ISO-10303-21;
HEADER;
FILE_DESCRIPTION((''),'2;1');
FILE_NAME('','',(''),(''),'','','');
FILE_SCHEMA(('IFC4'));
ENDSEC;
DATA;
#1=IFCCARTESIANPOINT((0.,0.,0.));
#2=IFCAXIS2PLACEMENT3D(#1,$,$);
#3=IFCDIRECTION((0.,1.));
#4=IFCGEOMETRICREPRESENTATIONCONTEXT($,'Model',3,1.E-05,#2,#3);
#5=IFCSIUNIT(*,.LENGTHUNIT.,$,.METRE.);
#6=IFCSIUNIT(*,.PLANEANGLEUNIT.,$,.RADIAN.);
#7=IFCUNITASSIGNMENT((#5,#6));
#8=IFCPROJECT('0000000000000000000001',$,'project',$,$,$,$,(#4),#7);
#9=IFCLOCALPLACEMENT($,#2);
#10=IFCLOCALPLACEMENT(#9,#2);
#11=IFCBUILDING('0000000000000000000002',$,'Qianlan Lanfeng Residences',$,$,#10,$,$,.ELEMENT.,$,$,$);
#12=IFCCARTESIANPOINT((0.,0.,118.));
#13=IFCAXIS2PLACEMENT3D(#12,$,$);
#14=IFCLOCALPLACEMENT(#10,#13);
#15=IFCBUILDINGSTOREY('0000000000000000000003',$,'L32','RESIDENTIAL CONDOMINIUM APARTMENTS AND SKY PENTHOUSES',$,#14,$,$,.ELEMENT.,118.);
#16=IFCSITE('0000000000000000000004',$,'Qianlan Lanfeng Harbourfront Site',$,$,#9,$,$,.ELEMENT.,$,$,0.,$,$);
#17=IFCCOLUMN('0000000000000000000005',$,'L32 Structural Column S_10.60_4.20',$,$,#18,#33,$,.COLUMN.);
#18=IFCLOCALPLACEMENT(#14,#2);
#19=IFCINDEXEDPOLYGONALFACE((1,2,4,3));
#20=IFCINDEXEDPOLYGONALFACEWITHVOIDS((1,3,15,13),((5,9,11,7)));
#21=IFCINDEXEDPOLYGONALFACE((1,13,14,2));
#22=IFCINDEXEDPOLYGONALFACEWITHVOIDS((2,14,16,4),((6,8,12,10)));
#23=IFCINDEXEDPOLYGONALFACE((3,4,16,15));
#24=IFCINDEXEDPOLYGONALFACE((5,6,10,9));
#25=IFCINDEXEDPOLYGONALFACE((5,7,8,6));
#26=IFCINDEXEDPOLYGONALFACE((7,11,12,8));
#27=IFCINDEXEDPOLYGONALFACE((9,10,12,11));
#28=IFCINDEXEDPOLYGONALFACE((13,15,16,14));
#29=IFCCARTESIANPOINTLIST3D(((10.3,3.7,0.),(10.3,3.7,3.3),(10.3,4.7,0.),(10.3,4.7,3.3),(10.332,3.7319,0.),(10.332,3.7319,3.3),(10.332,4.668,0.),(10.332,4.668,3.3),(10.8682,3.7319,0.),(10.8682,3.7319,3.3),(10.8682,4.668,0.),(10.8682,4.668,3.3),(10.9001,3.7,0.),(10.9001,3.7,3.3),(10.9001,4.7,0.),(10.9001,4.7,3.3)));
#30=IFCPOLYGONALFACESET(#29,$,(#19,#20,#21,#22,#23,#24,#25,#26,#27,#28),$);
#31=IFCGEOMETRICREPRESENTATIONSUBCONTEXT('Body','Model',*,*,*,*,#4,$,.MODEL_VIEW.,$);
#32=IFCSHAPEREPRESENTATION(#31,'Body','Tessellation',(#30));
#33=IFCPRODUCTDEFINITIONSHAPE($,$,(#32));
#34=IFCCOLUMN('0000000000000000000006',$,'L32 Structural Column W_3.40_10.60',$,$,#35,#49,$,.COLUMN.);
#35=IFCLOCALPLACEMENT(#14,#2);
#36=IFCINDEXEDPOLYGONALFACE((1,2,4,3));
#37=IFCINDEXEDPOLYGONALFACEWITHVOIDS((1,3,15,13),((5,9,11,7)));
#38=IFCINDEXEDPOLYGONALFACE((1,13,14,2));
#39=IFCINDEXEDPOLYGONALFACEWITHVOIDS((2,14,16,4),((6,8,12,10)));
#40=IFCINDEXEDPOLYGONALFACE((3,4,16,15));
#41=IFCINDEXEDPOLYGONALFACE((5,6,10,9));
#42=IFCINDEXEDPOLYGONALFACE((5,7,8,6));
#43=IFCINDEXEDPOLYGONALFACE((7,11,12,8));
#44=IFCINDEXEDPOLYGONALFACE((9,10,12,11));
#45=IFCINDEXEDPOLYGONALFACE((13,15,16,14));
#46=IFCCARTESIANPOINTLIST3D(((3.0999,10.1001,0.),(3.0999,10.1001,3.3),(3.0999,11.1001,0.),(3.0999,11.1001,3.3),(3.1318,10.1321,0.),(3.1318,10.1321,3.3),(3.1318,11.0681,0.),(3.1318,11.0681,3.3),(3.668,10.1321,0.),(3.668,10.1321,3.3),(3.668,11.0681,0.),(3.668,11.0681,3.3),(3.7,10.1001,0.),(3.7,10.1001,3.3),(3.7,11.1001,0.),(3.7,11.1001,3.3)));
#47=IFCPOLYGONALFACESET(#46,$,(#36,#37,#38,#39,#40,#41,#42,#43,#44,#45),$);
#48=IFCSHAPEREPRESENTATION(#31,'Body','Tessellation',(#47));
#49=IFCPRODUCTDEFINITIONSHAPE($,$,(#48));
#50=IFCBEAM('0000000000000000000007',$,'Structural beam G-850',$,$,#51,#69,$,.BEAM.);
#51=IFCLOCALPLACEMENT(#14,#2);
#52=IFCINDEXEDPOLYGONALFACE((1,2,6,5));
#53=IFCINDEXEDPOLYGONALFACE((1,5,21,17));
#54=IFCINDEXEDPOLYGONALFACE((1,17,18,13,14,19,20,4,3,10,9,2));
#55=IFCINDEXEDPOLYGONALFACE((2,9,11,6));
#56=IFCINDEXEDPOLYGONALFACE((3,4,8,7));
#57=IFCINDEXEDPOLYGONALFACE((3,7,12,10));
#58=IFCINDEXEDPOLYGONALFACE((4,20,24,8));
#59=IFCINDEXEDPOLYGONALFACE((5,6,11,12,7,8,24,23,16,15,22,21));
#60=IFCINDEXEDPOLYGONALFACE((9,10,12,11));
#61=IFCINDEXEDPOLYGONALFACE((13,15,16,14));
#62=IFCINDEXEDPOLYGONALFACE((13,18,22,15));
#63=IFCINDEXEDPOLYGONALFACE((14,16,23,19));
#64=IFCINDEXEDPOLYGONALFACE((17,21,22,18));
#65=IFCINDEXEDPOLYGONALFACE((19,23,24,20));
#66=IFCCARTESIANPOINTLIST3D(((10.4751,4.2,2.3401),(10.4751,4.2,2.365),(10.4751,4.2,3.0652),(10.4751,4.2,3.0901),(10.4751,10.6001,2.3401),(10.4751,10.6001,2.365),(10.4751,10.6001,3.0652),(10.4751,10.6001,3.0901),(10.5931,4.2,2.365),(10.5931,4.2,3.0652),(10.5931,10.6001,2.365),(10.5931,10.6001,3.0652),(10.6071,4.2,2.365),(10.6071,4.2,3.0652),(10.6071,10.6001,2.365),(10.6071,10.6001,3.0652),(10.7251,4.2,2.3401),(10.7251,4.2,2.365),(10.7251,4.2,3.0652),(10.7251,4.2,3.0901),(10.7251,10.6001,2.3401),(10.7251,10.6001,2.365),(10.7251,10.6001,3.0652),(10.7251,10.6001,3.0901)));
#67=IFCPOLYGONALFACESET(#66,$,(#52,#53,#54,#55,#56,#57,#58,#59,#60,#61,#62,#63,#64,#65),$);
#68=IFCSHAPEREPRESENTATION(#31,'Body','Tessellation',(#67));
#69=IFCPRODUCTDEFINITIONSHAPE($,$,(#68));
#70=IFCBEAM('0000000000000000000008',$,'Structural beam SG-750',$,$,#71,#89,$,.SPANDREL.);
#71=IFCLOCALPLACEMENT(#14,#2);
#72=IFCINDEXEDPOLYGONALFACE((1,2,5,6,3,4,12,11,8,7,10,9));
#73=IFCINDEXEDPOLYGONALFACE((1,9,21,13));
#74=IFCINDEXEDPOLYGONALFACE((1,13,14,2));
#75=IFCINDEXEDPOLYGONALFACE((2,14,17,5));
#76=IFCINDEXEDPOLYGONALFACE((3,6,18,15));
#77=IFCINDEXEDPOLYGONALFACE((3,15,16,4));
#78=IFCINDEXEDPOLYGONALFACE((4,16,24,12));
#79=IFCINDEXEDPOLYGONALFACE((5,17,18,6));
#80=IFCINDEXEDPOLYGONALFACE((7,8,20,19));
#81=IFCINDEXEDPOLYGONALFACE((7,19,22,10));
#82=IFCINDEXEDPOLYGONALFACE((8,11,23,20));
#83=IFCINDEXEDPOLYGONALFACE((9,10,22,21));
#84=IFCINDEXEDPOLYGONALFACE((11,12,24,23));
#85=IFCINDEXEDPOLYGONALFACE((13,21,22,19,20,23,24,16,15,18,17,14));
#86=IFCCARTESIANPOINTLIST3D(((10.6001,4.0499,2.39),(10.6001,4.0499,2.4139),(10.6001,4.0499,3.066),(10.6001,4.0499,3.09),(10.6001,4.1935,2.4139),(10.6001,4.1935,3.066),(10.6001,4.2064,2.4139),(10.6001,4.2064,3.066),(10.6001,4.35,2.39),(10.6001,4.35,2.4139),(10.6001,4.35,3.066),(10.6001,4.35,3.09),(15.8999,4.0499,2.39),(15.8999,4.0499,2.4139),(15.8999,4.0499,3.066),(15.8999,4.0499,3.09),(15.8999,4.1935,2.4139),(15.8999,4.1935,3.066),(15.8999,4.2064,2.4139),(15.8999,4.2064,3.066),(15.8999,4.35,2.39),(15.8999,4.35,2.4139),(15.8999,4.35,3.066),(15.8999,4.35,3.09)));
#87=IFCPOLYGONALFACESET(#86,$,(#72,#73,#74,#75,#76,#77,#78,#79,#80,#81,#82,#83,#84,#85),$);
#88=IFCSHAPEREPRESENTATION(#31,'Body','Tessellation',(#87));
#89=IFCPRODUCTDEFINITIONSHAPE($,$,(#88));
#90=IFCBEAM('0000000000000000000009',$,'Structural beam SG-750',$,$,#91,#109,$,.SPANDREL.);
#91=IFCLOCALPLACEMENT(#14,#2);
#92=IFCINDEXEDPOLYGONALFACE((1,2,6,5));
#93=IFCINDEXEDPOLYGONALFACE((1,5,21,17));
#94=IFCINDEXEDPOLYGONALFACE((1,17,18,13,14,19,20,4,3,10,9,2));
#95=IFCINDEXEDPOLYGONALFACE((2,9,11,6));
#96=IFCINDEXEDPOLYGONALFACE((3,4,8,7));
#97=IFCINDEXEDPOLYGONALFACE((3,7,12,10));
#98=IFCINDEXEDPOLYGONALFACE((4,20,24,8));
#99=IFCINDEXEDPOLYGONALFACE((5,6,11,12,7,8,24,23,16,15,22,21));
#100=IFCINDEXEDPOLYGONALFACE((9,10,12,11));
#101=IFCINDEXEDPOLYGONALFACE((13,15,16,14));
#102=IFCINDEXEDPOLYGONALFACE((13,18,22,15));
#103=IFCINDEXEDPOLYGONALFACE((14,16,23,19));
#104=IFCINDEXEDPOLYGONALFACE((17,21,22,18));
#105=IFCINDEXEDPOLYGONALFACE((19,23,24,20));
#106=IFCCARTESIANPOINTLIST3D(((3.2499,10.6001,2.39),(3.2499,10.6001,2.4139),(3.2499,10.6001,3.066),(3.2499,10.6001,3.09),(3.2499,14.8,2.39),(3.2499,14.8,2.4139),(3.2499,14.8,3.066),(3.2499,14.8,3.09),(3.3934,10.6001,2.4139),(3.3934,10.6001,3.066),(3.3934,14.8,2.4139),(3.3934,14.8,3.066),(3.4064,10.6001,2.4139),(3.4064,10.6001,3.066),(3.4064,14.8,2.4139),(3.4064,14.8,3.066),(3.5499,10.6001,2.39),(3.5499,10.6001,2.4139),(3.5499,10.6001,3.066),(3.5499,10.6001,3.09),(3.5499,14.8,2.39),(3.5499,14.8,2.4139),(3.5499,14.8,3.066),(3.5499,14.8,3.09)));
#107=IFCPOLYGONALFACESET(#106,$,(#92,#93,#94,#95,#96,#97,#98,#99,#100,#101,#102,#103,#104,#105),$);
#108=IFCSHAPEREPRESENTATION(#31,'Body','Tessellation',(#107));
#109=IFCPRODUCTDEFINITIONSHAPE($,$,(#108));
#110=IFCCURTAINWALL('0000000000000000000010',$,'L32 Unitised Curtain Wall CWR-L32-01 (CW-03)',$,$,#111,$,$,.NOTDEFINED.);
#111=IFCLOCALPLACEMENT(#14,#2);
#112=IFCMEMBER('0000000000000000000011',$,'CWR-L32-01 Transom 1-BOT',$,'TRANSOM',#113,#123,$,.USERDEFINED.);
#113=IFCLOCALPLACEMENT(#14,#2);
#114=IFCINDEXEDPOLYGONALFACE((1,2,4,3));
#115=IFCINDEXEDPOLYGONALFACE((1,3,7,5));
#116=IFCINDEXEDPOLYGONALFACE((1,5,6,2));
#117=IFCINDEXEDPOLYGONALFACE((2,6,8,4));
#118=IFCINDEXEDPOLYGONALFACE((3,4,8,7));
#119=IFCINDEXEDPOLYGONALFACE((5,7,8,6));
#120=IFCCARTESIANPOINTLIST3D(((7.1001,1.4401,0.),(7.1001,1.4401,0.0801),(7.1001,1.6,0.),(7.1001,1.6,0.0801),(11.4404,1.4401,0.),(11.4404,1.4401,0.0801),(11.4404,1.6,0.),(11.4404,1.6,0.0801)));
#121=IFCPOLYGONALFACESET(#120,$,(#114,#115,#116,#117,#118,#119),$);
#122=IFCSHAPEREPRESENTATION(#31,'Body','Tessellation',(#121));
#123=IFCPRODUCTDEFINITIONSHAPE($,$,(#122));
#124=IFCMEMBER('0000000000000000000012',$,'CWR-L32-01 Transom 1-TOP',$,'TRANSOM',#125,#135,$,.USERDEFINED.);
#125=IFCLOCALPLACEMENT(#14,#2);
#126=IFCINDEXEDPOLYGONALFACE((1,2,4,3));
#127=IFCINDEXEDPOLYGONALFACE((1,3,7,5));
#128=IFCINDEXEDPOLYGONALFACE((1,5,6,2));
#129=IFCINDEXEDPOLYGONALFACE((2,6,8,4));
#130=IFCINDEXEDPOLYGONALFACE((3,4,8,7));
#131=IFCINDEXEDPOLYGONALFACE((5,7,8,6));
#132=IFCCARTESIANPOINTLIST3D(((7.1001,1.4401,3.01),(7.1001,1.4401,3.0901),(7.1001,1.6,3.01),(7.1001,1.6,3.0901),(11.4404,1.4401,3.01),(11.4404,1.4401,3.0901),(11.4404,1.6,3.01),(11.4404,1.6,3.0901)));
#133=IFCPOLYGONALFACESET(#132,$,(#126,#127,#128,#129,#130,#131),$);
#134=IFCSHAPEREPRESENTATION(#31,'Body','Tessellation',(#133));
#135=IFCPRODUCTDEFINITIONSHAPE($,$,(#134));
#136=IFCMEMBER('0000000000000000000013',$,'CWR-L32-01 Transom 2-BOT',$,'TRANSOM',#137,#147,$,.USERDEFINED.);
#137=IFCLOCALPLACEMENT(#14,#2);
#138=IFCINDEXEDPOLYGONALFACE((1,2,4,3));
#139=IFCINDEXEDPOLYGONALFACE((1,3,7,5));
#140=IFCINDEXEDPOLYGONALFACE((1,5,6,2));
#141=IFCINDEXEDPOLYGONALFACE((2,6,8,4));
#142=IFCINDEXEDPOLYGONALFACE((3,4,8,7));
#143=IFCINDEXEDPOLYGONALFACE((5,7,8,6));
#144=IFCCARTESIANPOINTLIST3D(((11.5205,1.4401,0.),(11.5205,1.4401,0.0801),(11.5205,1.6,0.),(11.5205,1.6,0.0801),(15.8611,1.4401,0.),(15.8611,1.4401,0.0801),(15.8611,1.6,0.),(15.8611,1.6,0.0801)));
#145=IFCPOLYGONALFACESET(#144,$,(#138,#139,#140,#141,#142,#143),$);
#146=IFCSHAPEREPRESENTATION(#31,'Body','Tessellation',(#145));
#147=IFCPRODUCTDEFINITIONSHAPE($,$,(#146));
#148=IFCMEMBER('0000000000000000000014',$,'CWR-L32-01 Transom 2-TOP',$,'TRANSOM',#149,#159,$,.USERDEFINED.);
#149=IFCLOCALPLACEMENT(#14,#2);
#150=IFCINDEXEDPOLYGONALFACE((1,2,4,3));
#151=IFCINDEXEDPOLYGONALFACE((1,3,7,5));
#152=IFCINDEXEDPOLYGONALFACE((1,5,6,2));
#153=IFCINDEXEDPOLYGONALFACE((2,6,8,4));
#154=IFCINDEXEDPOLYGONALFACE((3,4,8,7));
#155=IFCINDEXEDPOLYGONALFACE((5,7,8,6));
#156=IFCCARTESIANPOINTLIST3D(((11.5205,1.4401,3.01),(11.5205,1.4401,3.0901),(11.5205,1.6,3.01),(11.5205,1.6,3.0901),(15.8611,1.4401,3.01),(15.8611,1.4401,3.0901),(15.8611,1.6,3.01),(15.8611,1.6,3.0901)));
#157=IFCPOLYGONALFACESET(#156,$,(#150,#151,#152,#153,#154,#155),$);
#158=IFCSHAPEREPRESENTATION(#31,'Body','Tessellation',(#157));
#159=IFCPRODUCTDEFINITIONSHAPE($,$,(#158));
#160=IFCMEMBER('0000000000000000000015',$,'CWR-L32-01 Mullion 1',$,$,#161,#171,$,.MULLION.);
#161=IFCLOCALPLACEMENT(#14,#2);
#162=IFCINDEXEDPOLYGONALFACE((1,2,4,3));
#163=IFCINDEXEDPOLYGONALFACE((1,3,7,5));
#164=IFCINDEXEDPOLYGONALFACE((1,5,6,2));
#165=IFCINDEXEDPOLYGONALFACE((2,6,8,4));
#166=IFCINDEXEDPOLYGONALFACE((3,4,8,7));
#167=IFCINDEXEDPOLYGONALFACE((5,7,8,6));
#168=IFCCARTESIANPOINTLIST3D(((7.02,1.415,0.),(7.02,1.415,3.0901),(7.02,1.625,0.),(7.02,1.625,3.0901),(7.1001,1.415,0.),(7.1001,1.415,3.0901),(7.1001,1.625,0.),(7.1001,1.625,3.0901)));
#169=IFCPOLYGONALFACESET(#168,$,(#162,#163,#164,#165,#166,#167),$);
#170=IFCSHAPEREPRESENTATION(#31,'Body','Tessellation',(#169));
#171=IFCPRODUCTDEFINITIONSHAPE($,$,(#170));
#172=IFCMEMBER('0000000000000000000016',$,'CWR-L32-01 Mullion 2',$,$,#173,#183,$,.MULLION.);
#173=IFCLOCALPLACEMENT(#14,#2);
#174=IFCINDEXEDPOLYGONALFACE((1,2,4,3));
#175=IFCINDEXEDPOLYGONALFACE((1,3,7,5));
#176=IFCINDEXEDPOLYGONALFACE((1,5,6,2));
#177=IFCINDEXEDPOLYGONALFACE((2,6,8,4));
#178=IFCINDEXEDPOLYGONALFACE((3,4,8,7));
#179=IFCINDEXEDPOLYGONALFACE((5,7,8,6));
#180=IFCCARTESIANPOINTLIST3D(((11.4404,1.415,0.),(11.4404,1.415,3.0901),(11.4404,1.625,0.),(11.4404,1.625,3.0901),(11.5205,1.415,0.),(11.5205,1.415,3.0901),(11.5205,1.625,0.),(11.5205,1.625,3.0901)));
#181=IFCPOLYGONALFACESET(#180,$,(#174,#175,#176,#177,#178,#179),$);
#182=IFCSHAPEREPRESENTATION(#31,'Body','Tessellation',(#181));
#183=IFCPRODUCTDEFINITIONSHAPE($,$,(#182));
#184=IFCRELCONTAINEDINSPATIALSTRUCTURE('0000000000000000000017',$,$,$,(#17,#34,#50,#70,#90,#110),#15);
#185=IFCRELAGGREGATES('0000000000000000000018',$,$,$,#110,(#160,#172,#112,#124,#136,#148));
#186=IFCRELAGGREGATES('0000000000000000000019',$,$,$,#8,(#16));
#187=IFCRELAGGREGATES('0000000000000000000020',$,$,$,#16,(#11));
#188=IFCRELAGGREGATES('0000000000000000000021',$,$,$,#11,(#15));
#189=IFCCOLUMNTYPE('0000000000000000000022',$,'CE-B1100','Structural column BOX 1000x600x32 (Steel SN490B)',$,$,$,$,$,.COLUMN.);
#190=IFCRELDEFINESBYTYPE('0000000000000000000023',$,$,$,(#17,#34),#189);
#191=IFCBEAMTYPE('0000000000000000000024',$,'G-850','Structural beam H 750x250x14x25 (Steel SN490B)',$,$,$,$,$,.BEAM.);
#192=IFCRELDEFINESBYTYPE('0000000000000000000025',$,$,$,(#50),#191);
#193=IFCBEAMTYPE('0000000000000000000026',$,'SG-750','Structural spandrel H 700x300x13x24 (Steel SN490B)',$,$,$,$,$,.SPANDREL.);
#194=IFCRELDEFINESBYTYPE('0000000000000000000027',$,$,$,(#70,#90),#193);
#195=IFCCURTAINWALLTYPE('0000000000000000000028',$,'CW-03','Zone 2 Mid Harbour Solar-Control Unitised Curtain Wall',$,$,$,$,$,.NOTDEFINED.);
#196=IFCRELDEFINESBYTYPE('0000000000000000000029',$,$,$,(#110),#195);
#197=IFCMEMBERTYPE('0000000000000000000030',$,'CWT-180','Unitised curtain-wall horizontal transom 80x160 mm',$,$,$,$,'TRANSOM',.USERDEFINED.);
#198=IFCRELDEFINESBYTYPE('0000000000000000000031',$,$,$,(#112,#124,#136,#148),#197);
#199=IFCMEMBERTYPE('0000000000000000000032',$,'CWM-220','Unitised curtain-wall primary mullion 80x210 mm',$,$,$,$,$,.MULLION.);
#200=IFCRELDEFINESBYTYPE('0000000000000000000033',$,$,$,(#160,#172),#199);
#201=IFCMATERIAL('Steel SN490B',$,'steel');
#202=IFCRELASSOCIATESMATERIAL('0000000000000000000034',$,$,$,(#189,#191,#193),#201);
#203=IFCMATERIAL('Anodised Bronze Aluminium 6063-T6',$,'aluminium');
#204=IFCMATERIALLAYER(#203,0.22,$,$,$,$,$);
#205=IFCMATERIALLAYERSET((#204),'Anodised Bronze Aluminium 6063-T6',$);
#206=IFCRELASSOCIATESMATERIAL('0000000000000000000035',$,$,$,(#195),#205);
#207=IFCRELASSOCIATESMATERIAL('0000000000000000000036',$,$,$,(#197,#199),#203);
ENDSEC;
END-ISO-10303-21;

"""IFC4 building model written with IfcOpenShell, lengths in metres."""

from ifc_helpers import new_model, si_unit, direction, frame, origin, origin_2d, place, context, subcontext, project, spatial, rectangle, hollow_rectangle, i_section, extrude, source, transform, mapped, material, layer, layer_set, material_profile, profile_set, type_object, element, aggregate, save


model = new_model("IFC4")

# Units and contexts
model_context = context("Model", 3, precision=1e-05, world=origin(), true_north=direction((0.0, 1.0)))
body_context = subcontext(model_context, "Body", "Model", "MODEL_VIEW")
ifc_project = project(units=[si_unit("LENGTHUNIT", "METRE"), si_unit("PLANEANGLEUNIT", "RADIAN")], contexts=[model_context])

# Site, building, storey
site_placement = place(None, origin())
site = spatial("IfcSite", under=ifc_project, at=site_placement, Name="Qianlan Lanfeng Harbourfront Site", CompositionType="ELEMENT", RefElevation=0.0)
building_placement = place(site_placement, origin())
building = spatial("IfcBuilding", under=site, at=building_placement, Name="Qianlan Lanfeng Residences", CompositionType="ELEMENT")
storey_placement = place(building_placement, frame((0.0, 0.0, 118.0)))
storey = spatial("IfcBuildingStorey", under=building, at=storey_placement, Name="L32", Description="RESIDENTIAL CONDOMINIUM APARTMENTS AND SKY PENTHOUSES", CompositionType="ELEMENT", Elevation=118.0)

# Columns
ifc_material_1 = material(Name="Steel SN490B", Category="steel")
ifc_material_profile_1 = material_profile(ifc_material_1, hollow_rectangle(XDim=0.6001, YDim=1.0, WallThickness=0.032, at=origin_2d()), Name="BOX 1000x600x32")
ifc_profile_set_1 = profile_set([ifc_material_profile_1], Name="Steel SN490B")
column_type = type_object("IfcColumnType", Name="CE-B1100", Description="Structural column BOX 1000x600x32 (Steel SN490B)", PredefinedType="COLUMN", material=ifc_profile_set_1)
for number, where, z_axis, x_axis, name in (
    (1, (10.6001, 4.2, 0.0), (0.0, 0.0, 1.0), (1.0, 0.0, 0.0), "L32 Structural Column S_10.60_4.20"),
    (2, (3.3999, 10.6001, 0.0), (0.0, 0.0, 1.0), (1.0, 0.0, 0.0), "L32 Structural Column W_3.40_10.60"),
):
    element("IfcColumn", number, at=place(storey_placement, frame(where, z_axis=z_axis, x_axis=x_axis)), inside=storey, type_object=column_type, Name=name, PredefinedType="COLUMN", context=body_context, shape_type="SweptSolid", body=[
        extrude(hollow_rectangle(XDim=0.6001, YDim=1.0, WallThickness=0.032, at=origin_2d()), origin(), (0.0, 0.0, 1.0), 3.3),
    ])

# Beams
ifc_material_profile_2 = material_profile(ifc_material_1, i_section(OverallWidth=0.25, OverallDepth=0.75, WebThickness=0.0139, FlangeThickness=0.0249, at=origin_2d()), Name="H 750x250x14x25")
ifc_profile_set_2 = profile_set([ifc_material_profile_2], Name="Steel SN490B")
beam_type_1 = type_object("IfcBeamType", Name="G-850", Description="Structural beam H 750x250x14x25 (Steel SN490B)", PredefinedType="BEAM", material=ifc_profile_set_2)
beam_1_placement = place(storey_placement, frame((10.6001, 4.2, 2.7151), z_axis=(0.0, 1.0, 0.0), x_axis=(-1.0, 0.0, 0.0)))
element("IfcBeam", 3, at=beam_1_placement, inside=storey, type_object=beam_type_1, Name="Structural beam G-850", PredefinedType="BEAM", context=body_context, shape_type="SweptSolid", body=[
    extrude(i_section(OverallWidth=0.25, OverallDepth=0.75, WebThickness=0.0139, FlangeThickness=0.0249, at=origin_2d()), origin(), (0.0, 0.0, 1.0), 6.4001),
])
ifc_material_profile_3 = material_profile(ifc_material_1, i_section(OverallWidth=0.3, OverallDepth=0.7, WebThickness=0.0129, FlangeThickness=0.0239, at=origin_2d()), Name="H 700x300x13x24")
ifc_profile_set_3 = profile_set([ifc_material_profile_3], Name="Steel SN490B")
beam_type_2 = type_object("IfcBeamType", Name="SG-750", Description="Structural spandrel H 700x300x13x24 (Steel SN490B)", PredefinedType="SPANDREL", material=ifc_profile_set_3)
beam_2_placement = place(storey_placement, frame((10.6001, 4.2, 2.74), z_axis=(1.0, 0.0, 0.0), x_axis=(0.0, 1.0, 0.0)))
element("IfcBeam", 4, at=beam_2_placement, inside=storey, type_object=beam_type_2, Name="Structural beam SG-750", PredefinedType="SPANDREL", context=body_context, shape_type="SweptSolid", body=[
    extrude(i_section(OverallWidth=0.3, OverallDepth=0.7, WebThickness=0.0129, FlangeThickness=0.0239, at=origin_2d()), origin(), (0.0, 0.0, 1.0), 5.2998),
])
beam_3_placement = place(storey_placement, frame((3.3999, 10.6001, 2.74), z_axis=(0.0, 1.0, 0.0), x_axis=(-1.0, 0.0, 0.0)))
element("IfcBeam", 5, at=beam_3_placement, inside=storey, type_object=beam_type_2, Name="Structural beam SG-750", PredefinedType="SPANDREL", context=body_context, shape_type="SweptSolid", body=[
    extrude(i_section(OverallWidth=0.3, OverallDepth=0.7, WebThickness=0.0129, FlangeThickness=0.0239, at=origin_2d()), origin(), (0.0, 0.0, 1.0), 4.2),
])

# Curtain wall, members
ifc_material_2 = material(Name="Anodised Bronze Aluminium 6063-T6", Category="aluminium")
ifc_layer_1 = layer(ifc_material_2, 0.22)
ifc_layer_set_1 = layer_set([ifc_layer_1], Name="Anodised Bronze Aluminium 6063-T6")
curtain_wall_type = type_object("IfcCurtainWallType", Name="CW-03", Description="Zone 2 Mid Harbour Solar-Control Unitised Curtain Wall", PredefinedType="NOTDEFINED", material=ifc_layer_set_1)
curtain_wall_placement = place(storey_placement, origin())
curtain_wall = element("IfcCurtainWall", 6, at=curtain_wall_placement, inside=storey, type_object=curtain_wall_type, Name="L32 Unitised Curtain Wall CWR-L32-01 (CW-03)", PredefinedType="NOTDEFINED")
ifc_material_profile_4 = material_profile(ifc_material_2, rectangle(XDim=0.0801, YDim=0.1599, at=origin_2d()), Name="ALU TRANSOM 80x160")
ifc_profile_set_4 = profile_set([ifc_material_profile_4], Name="Anodised Bronze Aluminium 6063-T6")
member_type_1 = type_object("IfcMemberType", Name="CWT-180", Description="Unitised curtain-wall horizontal transom 80x160 mm", ElementType="TRANSOM", PredefinedType="USERDEFINED", material=ifc_profile_set_4)
shared_shape_1 = source(origin(), body_context, "Body", "SweptSolid", [
    extrude(rectangle(XDim=0.0801, YDim=0.1599, at=origin_2d()), origin(), (0.0, 0.0, 1.0), 4.3403),
])
member_1_placement = place(storey_placement, frame((7.1001, 1.52, 0.04), z_axis=(1.0, 0.0, 0.0), x_axis=(0.0, 0.0, 1.0)))
member_1 = element("IfcMember", 7, at=member_1_placement, type_object=member_type_1, Name="CWR-L32-01 Transom 1-BOT", ObjectType="TRANSOM", PredefinedType="USERDEFINED", context=body_context, shape_type="MappedRepresentation", body=[
    mapped(shared_shape_1, transform((0.0, 0.0, 0.0), scale=1.0)),
])
member_2_placement = place(storey_placement, frame((7.1001, 1.52, 3.05), z_axis=(1.0, 0.0, 0.0), x_axis=(0.0, 0.0, 1.0)))
member_2 = element("IfcMember", 8, at=member_2_placement, type_object=member_type_1, Name="CWR-L32-01 Transom 1-TOP", ObjectType="TRANSOM", PredefinedType="USERDEFINED", context=body_context, shape_type="MappedRepresentation", body=[
    mapped(shared_shape_1, transform((0.0, 0.0, 0.0), scale=1.0)),
])
shared_shape_2 = source(origin(), body_context, "Body", "SweptSolid", [
    extrude(rectangle(XDim=0.0801, YDim=0.1599, at=origin_2d()), origin(), (0.0, 0.0, 1.0), 4.3406),
])
member_3_placement = place(storey_placement, frame((11.5205, 1.52, 0.04), z_axis=(1.0, 0.0, 0.0), x_axis=(0.0, 0.0, 1.0)))
member_3 = element("IfcMember", 9, at=member_3_placement, type_object=member_type_1, Name="CWR-L32-01 Transom 2-BOT", ObjectType="TRANSOM", PredefinedType="USERDEFINED", context=body_context, shape_type="MappedRepresentation", body=[
    mapped(shared_shape_2, transform((0.0, 0.0, 0.0), scale=1.0)),
])
member_4_placement = place(storey_placement, frame((11.5205, 1.52, 3.05), z_axis=(1.0, 0.0, 0.0), x_axis=(0.0, 0.0, 1.0)))
member_4 = element("IfcMember", 10, at=member_4_placement, type_object=member_type_1, Name="CWR-L32-01 Transom 2-TOP", ObjectType="TRANSOM", PredefinedType="USERDEFINED", context=body_context, shape_type="MappedRepresentation", body=[
    mapped(shared_shape_2, transform((0.0, 0.0, 0.0), scale=1.0)),
])
ifc_material_profile_5 = material_profile(ifc_material_2, rectangle(XDim=0.0801, YDim=0.21, at=origin_2d()), Name="ALU MULLION 80x210")
ifc_profile_set_5 = profile_set([ifc_material_profile_5], Name="Anodised Bronze Aluminium 6063-T6")
member_type_2 = type_object("IfcMemberType", Name="CWM-220", Description="Unitised curtain-wall primary mullion 80x210 mm", PredefinedType="MULLION", material=ifc_profile_set_5)
shared_shape_3 = source(origin(), body_context, "Body", "SweptSolid", [
    extrude(rectangle(XDim=0.0801, YDim=0.21, at=origin_2d()), origin(), (0.0, 0.0, 1.0), 3.0901),
])
member_5_placement = place(storey_placement, frame((7.0601, 1.52, 0.0), z_axis=(0.0, 0.0, 1.0), x_axis=(1.0, 0.0, 0.0)))
member_5 = element("IfcMember", 11, at=member_5_placement, type_object=member_type_2, Name="CWR-L32-01 Mullion 1", PredefinedType="MULLION", context=body_context, shape_type="MappedRepresentation", body=[
    mapped(shared_shape_3, transform((0.0, 0.0, 0.0), scale=1.0)),
])
member_6_placement = place(storey_placement, frame((11.4805, 1.52, 0.0), z_axis=(0.0, 0.0, 1.0), x_axis=(1.0, 0.0, 0.0)))
member_6 = element("IfcMember", 12, at=member_6_placement, type_object=member_type_2, Name="CWR-L32-01 Mullion 2", PredefinedType="MULLION", context=body_context, shape_type="MappedRepresentation", body=[
    mapped(shared_shape_3, transform((0.0, 0.0, 0.0), scale=1.0)),
])
aggregate(curtain_wall, [member_5, member_6, member_1, member_2, member_3, member_4])

save(model, "model.ifc")
